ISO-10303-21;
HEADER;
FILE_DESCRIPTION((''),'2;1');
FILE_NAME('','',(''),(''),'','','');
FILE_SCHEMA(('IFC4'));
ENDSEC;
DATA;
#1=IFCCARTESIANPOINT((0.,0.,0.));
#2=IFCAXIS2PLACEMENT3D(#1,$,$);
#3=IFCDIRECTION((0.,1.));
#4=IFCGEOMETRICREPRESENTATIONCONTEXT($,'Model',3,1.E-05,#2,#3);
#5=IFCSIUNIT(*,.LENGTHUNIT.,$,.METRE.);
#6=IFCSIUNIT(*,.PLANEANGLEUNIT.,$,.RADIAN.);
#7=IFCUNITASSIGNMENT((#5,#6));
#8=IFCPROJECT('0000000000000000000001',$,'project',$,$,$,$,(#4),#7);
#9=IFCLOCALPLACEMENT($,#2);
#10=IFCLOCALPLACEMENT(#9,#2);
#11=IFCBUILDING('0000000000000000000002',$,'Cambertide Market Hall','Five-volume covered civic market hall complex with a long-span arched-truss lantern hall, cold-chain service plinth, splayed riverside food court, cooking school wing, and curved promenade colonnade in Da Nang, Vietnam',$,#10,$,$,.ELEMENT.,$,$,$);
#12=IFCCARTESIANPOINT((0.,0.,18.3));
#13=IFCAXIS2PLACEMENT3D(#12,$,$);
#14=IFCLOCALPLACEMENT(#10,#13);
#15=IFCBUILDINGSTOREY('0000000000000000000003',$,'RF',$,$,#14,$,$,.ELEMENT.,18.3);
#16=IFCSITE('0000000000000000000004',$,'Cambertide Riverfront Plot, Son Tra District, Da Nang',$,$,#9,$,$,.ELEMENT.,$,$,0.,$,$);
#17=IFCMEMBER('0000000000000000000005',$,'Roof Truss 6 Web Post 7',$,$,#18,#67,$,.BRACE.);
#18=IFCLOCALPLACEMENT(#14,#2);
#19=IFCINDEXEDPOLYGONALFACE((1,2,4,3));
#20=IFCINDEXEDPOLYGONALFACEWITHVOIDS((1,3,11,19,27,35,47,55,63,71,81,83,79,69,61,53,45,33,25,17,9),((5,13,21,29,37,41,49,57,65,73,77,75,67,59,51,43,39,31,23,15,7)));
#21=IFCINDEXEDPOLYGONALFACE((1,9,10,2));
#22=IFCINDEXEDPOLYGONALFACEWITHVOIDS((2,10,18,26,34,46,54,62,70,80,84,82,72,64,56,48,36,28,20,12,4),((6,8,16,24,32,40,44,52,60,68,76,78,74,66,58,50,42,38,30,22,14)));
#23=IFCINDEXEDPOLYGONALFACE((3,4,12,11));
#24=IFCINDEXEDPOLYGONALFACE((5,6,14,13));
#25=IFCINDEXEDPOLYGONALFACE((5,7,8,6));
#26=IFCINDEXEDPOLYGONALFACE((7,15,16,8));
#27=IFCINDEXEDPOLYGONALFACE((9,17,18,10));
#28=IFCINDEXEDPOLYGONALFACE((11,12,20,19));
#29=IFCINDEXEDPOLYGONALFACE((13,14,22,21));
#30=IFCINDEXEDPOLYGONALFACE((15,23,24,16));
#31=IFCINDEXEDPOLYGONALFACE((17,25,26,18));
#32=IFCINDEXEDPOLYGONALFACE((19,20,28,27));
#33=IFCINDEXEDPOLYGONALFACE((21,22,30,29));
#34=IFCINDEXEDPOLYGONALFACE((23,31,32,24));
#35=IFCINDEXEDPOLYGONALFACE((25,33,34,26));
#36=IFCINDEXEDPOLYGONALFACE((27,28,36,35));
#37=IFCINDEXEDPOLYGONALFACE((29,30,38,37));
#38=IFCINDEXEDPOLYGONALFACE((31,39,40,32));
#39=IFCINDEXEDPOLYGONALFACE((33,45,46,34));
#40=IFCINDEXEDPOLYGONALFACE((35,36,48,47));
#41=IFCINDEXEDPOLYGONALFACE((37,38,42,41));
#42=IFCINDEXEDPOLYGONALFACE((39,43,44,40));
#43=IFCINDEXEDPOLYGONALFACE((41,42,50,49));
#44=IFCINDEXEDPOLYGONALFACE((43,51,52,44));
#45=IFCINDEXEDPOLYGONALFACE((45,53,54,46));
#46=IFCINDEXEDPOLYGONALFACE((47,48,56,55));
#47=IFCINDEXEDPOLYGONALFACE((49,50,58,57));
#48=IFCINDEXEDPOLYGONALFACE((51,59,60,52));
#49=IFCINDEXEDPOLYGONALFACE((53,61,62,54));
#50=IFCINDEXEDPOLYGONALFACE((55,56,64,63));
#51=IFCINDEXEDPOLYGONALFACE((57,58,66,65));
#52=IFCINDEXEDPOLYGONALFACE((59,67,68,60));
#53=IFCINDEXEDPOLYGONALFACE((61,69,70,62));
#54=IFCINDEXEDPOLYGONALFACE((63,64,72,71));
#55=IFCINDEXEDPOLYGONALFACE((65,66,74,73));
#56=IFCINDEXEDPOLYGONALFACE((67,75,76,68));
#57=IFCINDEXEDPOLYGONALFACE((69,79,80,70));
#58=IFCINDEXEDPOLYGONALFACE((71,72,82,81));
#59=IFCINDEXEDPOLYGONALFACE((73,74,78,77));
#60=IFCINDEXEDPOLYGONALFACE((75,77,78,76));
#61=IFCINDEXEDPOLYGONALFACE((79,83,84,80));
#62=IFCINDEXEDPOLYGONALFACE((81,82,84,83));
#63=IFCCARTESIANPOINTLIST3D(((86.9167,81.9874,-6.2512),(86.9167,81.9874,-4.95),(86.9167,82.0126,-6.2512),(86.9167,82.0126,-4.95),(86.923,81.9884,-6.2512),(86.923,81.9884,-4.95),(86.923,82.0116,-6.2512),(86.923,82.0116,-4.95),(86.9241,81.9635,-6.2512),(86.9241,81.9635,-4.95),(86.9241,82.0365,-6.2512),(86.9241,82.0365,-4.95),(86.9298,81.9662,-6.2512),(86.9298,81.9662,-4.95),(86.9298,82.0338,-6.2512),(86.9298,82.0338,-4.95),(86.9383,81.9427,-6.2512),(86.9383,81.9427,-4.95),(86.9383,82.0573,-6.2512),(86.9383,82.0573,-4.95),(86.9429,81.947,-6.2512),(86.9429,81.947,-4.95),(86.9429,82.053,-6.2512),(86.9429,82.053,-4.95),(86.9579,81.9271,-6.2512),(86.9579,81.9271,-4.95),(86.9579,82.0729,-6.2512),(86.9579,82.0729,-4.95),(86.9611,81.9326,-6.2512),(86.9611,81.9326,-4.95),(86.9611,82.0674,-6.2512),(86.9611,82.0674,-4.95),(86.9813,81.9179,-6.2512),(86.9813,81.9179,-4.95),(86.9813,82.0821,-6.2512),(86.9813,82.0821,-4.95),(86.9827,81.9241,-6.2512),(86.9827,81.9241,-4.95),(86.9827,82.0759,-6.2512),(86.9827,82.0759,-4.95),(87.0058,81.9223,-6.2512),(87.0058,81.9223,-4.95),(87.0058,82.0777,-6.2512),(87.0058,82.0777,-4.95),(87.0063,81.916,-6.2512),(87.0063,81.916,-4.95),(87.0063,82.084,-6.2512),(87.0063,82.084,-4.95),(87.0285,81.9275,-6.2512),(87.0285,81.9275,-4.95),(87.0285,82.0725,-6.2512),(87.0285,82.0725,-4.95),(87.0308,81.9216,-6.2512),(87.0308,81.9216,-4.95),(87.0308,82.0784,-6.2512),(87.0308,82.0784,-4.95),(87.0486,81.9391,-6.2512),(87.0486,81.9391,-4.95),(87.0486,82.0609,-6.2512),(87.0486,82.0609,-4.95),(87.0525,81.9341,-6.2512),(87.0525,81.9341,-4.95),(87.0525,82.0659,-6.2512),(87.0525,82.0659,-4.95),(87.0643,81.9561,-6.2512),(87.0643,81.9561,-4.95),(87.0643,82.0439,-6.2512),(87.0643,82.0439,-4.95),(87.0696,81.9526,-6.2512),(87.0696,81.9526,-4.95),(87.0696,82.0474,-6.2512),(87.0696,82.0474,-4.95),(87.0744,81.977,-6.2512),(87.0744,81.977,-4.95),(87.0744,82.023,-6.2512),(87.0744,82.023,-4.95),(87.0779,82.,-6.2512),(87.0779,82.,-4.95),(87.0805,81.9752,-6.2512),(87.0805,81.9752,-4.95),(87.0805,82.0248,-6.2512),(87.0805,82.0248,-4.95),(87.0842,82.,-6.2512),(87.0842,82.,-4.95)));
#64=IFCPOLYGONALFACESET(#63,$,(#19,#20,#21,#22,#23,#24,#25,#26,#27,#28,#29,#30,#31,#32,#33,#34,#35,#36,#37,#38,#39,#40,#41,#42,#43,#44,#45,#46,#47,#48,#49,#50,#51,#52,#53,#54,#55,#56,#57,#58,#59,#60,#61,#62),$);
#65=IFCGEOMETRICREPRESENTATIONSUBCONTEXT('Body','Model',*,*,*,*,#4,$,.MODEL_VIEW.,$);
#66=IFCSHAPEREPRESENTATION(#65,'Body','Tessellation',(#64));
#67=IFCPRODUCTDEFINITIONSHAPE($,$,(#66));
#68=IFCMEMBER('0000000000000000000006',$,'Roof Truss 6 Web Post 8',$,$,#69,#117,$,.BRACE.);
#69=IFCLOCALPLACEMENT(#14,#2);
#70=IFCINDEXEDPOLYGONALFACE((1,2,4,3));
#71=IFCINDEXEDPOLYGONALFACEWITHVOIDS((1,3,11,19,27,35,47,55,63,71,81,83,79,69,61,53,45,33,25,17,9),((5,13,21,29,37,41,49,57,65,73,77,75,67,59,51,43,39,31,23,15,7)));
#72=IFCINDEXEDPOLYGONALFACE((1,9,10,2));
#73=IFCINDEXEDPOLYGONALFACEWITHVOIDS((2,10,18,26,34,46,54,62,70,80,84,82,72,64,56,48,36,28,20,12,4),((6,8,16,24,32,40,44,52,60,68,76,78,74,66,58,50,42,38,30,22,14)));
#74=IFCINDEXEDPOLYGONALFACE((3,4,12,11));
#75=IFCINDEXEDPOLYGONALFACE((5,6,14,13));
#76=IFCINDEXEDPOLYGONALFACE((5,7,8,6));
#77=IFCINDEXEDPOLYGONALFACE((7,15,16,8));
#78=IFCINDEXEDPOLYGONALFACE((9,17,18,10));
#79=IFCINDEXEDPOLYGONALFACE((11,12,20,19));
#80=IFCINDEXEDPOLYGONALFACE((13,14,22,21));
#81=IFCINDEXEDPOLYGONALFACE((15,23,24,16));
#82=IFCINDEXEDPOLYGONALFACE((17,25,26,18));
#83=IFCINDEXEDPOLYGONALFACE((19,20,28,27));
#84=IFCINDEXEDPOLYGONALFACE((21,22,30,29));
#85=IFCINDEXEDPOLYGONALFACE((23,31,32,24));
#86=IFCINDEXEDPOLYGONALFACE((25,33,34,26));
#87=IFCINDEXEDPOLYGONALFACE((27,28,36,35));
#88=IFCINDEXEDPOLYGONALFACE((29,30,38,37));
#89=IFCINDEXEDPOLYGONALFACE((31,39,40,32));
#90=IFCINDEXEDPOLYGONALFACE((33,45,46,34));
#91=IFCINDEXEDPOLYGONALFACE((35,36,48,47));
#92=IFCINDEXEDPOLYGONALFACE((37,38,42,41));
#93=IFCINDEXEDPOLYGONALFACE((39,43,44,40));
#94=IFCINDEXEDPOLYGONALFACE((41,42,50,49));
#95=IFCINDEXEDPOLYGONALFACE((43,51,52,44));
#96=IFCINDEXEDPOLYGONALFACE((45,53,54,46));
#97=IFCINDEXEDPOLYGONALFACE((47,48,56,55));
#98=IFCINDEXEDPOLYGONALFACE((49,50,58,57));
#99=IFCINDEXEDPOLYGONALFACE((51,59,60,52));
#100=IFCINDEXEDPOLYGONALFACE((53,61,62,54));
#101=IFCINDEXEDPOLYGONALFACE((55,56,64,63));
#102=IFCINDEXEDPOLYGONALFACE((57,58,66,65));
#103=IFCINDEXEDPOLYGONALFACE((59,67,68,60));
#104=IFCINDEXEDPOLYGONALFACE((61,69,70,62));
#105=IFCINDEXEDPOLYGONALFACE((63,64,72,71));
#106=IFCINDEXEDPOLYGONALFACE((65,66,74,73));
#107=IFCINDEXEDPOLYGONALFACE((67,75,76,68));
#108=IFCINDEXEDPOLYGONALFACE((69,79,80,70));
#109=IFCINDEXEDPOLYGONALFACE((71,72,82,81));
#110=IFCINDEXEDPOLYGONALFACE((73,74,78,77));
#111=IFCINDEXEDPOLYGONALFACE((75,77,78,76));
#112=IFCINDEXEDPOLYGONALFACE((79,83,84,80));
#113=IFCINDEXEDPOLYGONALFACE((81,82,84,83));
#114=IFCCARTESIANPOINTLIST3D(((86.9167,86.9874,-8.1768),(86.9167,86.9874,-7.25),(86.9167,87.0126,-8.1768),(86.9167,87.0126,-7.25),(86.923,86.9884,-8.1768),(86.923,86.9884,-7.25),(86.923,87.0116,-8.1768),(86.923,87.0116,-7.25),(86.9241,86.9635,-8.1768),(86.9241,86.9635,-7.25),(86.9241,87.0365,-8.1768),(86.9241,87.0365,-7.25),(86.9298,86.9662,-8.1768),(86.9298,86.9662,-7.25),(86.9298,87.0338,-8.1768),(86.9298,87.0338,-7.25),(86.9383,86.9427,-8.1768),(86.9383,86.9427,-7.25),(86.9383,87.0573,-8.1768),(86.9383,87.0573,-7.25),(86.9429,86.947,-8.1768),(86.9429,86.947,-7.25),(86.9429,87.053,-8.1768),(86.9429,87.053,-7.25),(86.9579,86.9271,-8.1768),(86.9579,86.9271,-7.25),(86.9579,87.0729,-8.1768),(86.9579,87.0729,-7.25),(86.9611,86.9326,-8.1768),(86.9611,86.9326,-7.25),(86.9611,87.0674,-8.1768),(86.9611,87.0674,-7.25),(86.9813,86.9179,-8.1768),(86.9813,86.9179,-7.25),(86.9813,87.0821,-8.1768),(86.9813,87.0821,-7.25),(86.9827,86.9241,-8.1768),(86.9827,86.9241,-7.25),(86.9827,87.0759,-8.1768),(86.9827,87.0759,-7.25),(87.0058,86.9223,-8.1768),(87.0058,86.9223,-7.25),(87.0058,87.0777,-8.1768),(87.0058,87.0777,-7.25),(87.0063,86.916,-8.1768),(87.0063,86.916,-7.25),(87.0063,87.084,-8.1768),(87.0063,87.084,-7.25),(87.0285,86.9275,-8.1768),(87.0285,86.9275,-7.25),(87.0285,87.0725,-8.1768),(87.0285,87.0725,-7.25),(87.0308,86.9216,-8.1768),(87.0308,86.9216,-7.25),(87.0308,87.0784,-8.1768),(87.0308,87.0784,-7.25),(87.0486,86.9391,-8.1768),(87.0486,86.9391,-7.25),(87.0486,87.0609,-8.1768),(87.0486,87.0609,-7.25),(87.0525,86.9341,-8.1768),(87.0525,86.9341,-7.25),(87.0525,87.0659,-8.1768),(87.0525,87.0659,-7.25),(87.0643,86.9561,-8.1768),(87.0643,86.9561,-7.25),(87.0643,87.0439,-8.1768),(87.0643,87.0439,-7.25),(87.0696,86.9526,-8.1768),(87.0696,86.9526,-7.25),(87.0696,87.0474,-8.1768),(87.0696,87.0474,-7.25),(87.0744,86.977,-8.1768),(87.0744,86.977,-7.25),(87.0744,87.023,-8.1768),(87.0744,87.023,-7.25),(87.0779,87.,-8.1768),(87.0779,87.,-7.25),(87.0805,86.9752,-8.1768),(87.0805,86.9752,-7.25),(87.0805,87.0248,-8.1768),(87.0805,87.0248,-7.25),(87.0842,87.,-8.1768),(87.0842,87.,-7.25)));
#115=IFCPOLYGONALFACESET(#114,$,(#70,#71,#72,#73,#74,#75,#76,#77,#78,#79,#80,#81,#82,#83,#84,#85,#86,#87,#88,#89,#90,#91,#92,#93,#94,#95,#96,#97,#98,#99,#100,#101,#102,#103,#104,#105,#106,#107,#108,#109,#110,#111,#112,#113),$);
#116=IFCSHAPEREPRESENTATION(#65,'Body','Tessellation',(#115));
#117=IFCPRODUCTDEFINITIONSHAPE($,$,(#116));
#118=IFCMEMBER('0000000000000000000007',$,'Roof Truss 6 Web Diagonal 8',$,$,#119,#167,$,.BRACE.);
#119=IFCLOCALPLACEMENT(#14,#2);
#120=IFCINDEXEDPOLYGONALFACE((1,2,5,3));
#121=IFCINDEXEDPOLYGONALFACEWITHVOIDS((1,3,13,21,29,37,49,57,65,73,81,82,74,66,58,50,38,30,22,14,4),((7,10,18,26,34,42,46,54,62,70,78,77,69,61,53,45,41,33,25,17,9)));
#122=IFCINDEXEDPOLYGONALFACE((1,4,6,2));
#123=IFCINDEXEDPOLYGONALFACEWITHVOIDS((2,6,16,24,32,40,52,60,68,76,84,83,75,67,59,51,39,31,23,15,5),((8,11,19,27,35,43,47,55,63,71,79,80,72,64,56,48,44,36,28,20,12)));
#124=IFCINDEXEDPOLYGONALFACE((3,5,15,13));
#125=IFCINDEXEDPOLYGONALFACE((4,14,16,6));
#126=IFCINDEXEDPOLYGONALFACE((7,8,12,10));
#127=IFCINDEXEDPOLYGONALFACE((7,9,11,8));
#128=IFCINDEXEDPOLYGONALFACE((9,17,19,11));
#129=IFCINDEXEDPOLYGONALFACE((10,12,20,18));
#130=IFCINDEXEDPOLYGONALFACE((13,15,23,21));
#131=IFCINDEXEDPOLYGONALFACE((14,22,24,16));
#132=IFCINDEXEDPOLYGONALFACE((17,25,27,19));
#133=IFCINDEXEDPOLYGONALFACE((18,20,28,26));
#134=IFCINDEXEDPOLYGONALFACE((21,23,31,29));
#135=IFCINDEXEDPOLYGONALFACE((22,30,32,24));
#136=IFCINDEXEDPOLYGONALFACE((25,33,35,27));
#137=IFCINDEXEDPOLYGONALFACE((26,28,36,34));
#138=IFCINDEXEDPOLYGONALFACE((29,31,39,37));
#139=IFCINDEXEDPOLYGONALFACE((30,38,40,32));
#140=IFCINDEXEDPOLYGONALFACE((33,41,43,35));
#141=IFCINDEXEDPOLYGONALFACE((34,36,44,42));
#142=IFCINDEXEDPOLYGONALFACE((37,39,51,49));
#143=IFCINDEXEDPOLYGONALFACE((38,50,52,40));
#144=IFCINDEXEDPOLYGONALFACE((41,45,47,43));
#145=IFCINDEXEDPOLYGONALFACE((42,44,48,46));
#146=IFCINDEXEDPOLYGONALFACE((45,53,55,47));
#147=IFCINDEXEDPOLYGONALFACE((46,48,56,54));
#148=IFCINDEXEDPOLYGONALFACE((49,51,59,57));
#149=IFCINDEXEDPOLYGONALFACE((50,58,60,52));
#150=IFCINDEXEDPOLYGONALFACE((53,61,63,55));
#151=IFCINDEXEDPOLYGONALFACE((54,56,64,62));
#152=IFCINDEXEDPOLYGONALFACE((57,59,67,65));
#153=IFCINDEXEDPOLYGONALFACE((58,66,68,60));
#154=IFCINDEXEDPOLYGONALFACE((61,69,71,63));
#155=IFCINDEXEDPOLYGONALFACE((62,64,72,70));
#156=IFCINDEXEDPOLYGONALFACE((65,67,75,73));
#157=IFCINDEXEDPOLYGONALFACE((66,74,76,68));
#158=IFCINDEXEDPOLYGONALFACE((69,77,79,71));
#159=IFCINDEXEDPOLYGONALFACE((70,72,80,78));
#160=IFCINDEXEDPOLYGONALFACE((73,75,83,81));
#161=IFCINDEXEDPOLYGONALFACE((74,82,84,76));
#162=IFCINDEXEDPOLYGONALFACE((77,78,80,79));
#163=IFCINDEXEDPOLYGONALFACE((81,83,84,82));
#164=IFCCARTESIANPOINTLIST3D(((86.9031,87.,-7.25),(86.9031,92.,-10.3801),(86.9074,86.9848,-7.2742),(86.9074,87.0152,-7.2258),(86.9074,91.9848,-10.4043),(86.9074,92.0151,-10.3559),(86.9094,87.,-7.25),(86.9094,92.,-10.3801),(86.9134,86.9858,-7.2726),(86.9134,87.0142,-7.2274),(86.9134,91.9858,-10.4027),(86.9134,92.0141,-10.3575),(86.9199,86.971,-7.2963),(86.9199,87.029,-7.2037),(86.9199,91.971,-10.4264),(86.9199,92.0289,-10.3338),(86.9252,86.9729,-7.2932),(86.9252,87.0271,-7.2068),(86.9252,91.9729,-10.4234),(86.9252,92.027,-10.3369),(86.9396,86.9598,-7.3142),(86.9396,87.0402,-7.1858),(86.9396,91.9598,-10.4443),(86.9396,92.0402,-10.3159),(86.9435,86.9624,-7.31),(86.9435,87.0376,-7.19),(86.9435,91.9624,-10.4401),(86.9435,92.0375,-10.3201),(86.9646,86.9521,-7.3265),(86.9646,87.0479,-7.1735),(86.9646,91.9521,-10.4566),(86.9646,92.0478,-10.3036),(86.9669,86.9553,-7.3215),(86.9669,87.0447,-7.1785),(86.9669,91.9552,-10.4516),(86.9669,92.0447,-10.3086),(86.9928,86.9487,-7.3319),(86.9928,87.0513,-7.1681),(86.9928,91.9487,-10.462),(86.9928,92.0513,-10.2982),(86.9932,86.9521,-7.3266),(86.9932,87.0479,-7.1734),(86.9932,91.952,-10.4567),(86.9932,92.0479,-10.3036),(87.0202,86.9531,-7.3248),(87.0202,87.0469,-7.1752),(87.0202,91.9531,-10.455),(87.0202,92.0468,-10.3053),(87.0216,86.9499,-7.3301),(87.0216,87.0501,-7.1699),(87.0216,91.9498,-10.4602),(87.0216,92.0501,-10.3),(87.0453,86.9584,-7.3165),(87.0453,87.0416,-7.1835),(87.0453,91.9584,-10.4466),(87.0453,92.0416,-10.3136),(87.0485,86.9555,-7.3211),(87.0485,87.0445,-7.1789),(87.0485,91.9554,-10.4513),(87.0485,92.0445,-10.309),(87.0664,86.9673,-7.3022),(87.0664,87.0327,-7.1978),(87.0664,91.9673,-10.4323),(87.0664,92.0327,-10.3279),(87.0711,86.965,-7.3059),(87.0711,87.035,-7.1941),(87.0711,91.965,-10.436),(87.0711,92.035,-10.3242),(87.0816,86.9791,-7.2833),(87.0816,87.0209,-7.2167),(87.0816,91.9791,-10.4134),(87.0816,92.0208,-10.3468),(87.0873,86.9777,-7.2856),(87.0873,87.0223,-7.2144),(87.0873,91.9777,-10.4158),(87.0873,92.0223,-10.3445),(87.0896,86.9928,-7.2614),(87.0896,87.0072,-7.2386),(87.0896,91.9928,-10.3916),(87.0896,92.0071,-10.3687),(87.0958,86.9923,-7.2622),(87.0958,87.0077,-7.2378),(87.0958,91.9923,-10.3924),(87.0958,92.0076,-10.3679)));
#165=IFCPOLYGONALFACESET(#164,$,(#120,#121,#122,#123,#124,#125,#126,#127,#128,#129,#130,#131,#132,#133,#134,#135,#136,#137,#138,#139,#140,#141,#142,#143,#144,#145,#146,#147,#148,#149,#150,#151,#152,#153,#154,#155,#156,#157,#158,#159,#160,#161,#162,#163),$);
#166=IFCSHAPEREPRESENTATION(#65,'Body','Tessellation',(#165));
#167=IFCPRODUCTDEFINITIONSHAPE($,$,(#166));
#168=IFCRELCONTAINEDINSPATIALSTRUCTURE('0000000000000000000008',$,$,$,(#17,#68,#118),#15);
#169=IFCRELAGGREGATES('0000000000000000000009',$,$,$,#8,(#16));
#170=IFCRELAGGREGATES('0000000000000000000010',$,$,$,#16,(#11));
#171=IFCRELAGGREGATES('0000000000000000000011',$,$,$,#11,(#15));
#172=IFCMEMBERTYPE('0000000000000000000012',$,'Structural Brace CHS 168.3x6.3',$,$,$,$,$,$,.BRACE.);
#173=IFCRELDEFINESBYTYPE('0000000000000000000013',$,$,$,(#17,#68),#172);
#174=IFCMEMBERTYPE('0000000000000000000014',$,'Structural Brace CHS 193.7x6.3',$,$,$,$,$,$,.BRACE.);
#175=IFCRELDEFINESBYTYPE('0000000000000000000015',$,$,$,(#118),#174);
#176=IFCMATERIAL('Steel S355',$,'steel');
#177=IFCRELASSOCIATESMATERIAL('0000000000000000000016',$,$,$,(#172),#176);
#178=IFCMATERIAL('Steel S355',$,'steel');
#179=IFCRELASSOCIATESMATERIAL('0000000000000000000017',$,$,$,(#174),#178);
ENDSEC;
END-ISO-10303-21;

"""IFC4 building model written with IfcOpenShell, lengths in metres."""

from ifc_helpers import new_model, si_unit, direction, frame, origin, origin_2d, place, context, subcontext, project, spatial, hollow_circle, extrude, material, material_profile, profile_set, type_object, element, save


model = new_model("IFC4")

# Units and contexts
model_context = context("Model", 3, precision=1e-05, world=origin(), true_north=direction((0.0, 1.0)))
body_context = subcontext(model_context, "Body", "Model", "MODEL_VIEW")
ifc_project = project(units=[si_unit("LENGTHUNIT", "METRE"), si_unit("PLANEANGLEUNIT", "RADIAN")], contexts=[model_context])

# Site, building, storey
site_placement = place(None, origin())
site = spatial("IfcSite", under=ifc_project, at=site_placement, Name="Cambertide Riverfront Plot, Son Tra District, Da Nang", CompositionType="ELEMENT", RefElevation=0.0)
building_placement = place(site_placement, origin())
building = spatial("IfcBuilding", under=site, at=building_placement, Name="Cambertide Market Hall", Description="Five-volume covered civic market hall complex with a long-span arched-truss lantern hall, cold-chain service plinth, splayed riverside food court, cooking school wing, and curved promenade colonnade in Da Nang, Vietnam", CompositionType="ELEMENT")
storey_placement = place(building_placement, frame((0.0, 0.0, 18.3)))
storey = spatial("IfcBuildingStorey", under=building, at=storey_placement, Name="RF", CompositionType="ELEMENT", Elevation=18.3)

# Members
ifc_material_1 = material(Name="Steel S355", Category="steel")
ifc_material_profile_1 = material_profile(ifc_material_1, hollow_circle(Radius=0.0842, WallThickness=0.0063, at=origin_2d()), Name="CHS 168.3x6.3")
ifc_profile_set_1 = profile_set([ifc_material_profile_1], Name="Steel S355")
member_type_1 = type_object("IfcMemberType", Name="Structural Brace CHS 168.3x6.3", PredefinedType="BRACE", material=ifc_profile_set_1)
member_1_placement = place(storey_placement, frame((87.0, 82.0, -6.2512), z_axis=(0.0, 0.0, 1.0), x_axis=(1.0, 0.0, 0.0)))
element("IfcMember", 1, at=member_1_placement, inside=storey, type_object=member_type_1, Name="Roof Truss 6 Web Post 7", PredefinedType="BRACE", context=body_context, shape_type="SweptSolid", body=[
    extrude(hollow_circle(Radius=0.0842, WallThickness=0.0063, at=origin_2d()), origin(), (0.0, 0.0, 1.0), 1.3013),
])
member_2_placement = place(storey_placement, frame((87.0, 87.0, -8.1768), z_axis=(0.0, 0.0, 1.0), x_axis=(1.0, 0.0, 0.0)))
element("IfcMember", 2, at=member_2_placement, inside=storey, type_object=member_type_1, Name="Roof Truss 6 Web Post 8", PredefinedType="BRACE", context=body_context, shape_type="SweptSolid", body=[
    extrude(hollow_circle(Radius=0.0842, WallThickness=0.0063, at=origin_2d()), origin(), (0.0, 0.0, 1.0), 0.9268),
])
ifc_material_2 = material(Name="Steel S355", Category="steel")
ifc_material_profile_2 = material_profile(ifc_material_2, hollow_circle(Radius=0.0969, WallThickness=0.0063, at=origin_2d()), Name="CHS 193.7x6.3")
ifc_profile_set_2 = profile_set([ifc_material_profile_2], Name="Steel S355")
member_type_2 = type_object("IfcMemberType", Name="Structural Brace CHS 193.7x6.3", PredefinedType="BRACE", material=ifc_profile_set_2)
member_3_placement = place(storey_placement, frame((87.0, 87.0, -7.25), z_axis=(0.0, 0.847607, -0.530624), x_axis=(-1.0, 0.0, 0.0)))
element("IfcMember", 3, at=member_3_placement, inside=storey, type_object=member_type_2, Name="Roof Truss 6 Web Diagonal 8", PredefinedType="BRACE", context=body_context, shape_type="SweptSolid", body=[
    extrude(hollow_circle(Radius=0.0969, WallThickness=0.0063, at=origin_2d()), origin(), (0.0, 0.0, 1.0), 5.8989),
])

save(model, "model.ifc")
